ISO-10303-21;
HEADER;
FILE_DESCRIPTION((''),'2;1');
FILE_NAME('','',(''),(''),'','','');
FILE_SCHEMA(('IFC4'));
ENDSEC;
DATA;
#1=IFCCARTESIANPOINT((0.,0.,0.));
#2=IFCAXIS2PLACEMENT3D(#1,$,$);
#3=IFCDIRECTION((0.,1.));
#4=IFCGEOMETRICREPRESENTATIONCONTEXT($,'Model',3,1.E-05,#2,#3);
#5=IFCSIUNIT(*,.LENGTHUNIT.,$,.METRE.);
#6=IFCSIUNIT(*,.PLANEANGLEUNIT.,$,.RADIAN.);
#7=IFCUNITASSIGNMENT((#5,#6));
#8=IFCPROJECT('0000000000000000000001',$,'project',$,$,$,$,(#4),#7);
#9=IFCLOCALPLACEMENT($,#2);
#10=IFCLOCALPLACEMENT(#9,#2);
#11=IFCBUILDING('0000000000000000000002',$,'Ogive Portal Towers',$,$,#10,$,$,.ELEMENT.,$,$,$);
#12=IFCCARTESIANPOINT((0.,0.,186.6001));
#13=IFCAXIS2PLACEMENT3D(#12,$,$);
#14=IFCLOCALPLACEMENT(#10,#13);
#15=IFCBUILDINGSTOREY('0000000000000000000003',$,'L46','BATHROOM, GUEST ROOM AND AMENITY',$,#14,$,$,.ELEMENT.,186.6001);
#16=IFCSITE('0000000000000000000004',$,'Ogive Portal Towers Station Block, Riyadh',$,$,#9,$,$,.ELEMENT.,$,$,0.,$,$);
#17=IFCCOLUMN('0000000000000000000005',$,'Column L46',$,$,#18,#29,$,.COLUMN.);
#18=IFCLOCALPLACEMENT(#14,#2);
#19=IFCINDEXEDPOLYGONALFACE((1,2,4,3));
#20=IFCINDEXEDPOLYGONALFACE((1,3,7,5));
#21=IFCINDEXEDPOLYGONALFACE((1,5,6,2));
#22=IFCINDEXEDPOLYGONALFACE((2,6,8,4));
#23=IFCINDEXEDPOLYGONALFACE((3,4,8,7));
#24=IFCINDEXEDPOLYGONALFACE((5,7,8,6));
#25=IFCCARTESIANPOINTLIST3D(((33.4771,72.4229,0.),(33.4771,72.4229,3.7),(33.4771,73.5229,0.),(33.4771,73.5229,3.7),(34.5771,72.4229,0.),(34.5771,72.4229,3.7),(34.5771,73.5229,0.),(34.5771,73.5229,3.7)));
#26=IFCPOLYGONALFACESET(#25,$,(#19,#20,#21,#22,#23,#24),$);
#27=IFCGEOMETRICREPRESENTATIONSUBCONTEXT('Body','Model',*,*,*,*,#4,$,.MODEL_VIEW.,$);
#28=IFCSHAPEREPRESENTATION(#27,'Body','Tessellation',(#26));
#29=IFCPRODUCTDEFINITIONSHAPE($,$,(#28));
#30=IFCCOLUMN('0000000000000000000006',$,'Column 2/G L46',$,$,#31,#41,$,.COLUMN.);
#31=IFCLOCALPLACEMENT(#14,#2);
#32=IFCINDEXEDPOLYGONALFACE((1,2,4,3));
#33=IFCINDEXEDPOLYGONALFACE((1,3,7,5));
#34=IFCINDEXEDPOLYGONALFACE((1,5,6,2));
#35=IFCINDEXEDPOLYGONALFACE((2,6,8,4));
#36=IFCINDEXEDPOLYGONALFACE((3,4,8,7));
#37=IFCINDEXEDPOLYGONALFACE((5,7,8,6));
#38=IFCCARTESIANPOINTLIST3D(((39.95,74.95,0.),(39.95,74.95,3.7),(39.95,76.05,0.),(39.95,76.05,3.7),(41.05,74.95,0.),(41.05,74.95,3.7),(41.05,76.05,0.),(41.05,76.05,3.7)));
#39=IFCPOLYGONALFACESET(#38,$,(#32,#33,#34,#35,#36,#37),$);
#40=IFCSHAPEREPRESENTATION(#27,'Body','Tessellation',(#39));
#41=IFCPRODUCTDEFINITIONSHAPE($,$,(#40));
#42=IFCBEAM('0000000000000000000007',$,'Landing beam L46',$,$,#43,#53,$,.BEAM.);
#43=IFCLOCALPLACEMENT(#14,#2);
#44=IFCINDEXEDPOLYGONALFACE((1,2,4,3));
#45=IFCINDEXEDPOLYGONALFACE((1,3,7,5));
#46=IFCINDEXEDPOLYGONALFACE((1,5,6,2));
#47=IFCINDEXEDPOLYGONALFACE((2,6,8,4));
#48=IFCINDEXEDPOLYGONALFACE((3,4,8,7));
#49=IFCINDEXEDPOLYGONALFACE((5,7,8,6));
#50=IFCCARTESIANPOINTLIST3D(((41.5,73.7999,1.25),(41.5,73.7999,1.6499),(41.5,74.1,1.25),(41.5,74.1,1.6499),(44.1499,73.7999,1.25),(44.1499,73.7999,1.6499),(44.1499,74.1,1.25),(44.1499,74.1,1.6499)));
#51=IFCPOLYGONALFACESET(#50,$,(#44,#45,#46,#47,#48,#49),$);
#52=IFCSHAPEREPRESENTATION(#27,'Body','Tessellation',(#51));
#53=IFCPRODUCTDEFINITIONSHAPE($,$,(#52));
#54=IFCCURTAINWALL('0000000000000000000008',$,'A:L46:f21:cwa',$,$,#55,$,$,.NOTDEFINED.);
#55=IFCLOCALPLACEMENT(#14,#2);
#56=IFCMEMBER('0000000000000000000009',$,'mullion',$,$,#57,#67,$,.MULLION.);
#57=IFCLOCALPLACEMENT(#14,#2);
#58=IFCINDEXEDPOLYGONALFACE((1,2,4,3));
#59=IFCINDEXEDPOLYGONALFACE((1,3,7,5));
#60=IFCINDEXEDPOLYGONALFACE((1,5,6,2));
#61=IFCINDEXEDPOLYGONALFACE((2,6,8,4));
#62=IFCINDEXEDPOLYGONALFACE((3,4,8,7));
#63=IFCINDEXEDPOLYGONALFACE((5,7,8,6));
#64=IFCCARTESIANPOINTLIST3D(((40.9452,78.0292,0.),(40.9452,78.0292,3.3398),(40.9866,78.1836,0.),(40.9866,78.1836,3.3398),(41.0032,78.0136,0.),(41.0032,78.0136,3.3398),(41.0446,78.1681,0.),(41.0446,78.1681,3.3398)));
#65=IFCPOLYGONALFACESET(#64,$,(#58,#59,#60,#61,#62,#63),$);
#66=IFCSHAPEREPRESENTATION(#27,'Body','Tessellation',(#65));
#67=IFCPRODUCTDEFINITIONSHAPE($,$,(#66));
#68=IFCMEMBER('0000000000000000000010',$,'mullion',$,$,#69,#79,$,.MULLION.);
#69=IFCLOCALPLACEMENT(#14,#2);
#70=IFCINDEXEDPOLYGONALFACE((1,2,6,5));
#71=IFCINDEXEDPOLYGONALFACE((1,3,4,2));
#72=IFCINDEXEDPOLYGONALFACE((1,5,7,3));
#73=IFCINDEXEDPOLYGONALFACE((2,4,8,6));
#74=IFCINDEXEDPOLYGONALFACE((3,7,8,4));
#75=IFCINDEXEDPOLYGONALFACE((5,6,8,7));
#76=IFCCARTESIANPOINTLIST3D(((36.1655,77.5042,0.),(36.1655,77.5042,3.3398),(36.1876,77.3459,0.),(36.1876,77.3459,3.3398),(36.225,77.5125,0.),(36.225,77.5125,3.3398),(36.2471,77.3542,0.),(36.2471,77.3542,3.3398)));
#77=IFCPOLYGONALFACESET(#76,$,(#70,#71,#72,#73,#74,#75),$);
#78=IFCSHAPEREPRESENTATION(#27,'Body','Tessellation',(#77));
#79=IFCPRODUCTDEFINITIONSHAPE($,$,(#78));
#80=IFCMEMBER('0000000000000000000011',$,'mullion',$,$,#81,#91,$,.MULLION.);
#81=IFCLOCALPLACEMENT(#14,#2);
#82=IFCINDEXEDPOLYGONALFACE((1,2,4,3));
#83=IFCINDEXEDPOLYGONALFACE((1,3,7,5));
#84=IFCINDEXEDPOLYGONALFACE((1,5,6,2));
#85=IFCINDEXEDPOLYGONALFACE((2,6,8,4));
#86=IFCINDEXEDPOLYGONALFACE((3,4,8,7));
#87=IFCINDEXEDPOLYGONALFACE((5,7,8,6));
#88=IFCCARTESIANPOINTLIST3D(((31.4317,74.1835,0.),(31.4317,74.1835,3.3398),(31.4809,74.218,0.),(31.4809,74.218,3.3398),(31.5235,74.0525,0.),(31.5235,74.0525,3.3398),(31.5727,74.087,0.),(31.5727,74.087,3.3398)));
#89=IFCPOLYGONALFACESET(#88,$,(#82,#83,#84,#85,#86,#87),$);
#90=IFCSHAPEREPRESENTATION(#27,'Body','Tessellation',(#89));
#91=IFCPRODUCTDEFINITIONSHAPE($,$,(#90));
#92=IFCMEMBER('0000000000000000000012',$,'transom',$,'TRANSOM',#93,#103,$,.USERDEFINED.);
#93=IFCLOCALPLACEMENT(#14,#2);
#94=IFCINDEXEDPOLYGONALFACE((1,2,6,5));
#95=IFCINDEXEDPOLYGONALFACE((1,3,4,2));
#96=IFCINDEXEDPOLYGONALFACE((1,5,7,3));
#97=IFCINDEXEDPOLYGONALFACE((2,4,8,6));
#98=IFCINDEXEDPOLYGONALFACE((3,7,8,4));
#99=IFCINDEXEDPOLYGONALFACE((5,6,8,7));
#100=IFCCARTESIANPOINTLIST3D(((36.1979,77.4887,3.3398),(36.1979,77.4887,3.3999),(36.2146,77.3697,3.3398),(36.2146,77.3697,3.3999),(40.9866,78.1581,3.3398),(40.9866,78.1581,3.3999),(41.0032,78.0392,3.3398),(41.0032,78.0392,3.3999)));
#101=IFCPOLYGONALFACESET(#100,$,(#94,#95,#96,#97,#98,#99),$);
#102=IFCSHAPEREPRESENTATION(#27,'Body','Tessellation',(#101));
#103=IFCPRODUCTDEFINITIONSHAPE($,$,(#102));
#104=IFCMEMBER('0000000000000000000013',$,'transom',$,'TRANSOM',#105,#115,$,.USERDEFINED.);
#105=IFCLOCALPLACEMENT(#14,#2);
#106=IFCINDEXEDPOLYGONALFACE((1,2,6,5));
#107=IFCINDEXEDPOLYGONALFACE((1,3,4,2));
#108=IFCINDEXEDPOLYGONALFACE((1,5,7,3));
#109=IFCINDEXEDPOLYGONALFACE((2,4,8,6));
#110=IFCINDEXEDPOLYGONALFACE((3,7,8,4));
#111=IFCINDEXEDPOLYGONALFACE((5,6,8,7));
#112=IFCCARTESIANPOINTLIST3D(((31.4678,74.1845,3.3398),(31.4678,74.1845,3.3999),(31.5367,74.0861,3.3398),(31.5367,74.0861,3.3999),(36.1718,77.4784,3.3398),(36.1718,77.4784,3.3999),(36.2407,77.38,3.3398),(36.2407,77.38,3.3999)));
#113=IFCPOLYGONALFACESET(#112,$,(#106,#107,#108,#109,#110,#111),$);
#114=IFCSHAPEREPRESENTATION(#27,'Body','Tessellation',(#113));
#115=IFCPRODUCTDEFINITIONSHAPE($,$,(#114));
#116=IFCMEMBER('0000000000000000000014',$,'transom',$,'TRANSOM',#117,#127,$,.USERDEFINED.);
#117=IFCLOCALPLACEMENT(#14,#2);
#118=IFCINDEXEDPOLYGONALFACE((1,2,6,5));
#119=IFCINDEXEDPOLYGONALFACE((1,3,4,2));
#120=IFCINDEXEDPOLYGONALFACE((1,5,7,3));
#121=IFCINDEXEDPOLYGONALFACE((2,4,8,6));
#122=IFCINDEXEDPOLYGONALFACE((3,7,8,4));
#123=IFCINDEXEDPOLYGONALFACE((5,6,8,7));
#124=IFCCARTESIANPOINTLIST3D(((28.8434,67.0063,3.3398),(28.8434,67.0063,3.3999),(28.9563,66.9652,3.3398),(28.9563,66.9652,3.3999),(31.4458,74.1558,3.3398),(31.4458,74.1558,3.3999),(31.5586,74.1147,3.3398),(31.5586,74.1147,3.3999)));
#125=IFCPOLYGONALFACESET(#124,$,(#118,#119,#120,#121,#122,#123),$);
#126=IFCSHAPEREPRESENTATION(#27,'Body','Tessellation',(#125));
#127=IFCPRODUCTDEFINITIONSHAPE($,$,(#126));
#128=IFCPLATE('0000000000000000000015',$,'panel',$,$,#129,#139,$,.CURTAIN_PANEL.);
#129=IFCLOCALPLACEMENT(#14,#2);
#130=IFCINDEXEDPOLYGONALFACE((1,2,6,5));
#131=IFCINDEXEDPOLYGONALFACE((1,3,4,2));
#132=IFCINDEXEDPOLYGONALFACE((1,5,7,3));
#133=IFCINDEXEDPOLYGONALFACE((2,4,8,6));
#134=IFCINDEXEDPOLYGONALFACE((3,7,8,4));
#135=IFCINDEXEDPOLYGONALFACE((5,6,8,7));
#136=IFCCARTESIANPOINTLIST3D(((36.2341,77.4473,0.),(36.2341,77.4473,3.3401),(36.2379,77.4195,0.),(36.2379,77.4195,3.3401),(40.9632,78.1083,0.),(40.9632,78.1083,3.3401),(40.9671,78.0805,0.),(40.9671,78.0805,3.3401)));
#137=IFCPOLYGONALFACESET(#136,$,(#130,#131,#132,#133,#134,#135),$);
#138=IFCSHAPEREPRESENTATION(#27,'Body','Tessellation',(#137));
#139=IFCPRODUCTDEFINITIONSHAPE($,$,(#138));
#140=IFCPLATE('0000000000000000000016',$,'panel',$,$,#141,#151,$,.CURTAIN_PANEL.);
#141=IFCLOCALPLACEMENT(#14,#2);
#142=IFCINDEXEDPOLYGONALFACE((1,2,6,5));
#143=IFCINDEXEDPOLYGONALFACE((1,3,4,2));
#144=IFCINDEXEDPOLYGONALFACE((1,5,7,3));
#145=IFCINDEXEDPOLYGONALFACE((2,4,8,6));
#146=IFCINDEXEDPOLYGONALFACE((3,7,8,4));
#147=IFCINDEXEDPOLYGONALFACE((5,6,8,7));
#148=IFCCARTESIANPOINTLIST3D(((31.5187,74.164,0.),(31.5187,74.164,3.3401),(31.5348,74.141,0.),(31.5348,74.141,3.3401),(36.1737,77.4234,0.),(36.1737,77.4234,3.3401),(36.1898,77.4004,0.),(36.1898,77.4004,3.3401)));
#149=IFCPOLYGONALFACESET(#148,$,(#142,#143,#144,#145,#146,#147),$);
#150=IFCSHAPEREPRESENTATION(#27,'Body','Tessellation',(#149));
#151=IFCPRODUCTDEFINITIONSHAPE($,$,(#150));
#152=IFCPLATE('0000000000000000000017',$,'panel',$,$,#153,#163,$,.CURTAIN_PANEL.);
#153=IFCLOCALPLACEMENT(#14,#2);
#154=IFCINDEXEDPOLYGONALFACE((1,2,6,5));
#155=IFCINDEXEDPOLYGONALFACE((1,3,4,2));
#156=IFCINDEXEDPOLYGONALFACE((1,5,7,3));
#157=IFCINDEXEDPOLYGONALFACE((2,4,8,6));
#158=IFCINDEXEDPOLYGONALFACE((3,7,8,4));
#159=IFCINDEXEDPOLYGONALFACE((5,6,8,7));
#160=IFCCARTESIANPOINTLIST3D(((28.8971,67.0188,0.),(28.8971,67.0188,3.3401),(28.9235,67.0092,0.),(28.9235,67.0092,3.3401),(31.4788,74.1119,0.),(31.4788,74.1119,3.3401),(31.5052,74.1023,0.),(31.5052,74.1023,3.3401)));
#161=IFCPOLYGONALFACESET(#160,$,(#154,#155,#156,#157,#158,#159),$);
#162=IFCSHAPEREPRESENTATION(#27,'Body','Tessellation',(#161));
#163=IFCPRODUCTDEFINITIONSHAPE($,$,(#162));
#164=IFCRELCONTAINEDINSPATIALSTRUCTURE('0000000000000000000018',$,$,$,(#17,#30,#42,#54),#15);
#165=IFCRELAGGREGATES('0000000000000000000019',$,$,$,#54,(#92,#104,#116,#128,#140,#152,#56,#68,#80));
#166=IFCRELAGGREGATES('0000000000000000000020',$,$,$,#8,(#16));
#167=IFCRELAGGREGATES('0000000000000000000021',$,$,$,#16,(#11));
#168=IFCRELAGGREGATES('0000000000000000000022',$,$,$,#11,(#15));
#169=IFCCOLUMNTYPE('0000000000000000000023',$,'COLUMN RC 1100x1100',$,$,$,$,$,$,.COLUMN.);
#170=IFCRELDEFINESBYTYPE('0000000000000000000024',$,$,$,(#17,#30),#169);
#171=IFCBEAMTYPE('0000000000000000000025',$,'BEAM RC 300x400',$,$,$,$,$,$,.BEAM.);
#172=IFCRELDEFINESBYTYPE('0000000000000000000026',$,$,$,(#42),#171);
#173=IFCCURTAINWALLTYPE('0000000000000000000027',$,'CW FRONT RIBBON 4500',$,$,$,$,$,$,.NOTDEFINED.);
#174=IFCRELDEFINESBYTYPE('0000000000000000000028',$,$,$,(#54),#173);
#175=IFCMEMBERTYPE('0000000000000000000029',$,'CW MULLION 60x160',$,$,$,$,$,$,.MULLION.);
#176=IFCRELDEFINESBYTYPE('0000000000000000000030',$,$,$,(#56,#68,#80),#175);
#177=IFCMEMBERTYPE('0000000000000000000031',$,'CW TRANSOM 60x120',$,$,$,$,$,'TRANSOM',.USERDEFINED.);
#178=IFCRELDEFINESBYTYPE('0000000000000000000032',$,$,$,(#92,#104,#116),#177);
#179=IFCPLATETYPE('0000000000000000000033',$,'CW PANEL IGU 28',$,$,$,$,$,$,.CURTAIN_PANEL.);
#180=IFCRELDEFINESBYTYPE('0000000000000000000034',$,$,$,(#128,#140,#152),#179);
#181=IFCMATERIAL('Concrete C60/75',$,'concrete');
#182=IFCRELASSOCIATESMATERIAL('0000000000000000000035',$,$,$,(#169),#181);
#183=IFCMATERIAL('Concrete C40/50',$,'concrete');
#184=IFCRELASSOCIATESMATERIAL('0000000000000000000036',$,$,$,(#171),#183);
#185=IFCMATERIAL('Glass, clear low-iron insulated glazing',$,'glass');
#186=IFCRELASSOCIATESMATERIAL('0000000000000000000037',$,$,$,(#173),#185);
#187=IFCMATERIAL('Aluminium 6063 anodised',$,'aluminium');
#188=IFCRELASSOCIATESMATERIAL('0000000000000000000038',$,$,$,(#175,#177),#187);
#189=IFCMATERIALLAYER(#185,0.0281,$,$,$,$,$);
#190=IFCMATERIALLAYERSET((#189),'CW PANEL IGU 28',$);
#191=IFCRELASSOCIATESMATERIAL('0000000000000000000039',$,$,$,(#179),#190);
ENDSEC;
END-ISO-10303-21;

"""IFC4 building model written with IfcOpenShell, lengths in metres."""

from ifc_helpers import new_model, si_unit, direction, frame, origin, origin_2d, place, context, subcontext, project, spatial, rectangle, extrude, material, layer, layer_set, material_profile, profile_set, type_object, element, aggregate, save


model = new_model("IFC4")

# Units and contexts
model_context = context("Model", 3, precision=1e-05, world=origin(), true_north=direction((0.0, 1.0)))
body_context = subcontext(model_context, "Body", "Model", "MODEL_VIEW")
ifc_project = project(units=[si_unit("LENGTHUNIT", "METRE"), si_unit("PLANEANGLEUNIT", "RADIAN")], contexts=[model_context])

# Site, building, storey
site_placement = place(None, origin())
site = spatial("IfcSite", under=ifc_project, at=site_placement, Name="Ogive Portal Towers Station Block, Riyadh", CompositionType="ELEMENT", RefElevation=0.0)
building_placement = place(site_placement, origin())
building = spatial("IfcBuilding", under=site, at=building_placement, Name="Ogive Portal Towers", CompositionType="ELEMENT")
storey_placement = place(building_placement, frame((0.0, 0.0, 186.6001)))
storey = spatial("IfcBuildingStorey", under=building, at=storey_placement, Name="L46", Description="BATHROOM, GUEST ROOM AND AMENITY", CompositionType="ELEMENT", Elevation=186.6001)

# Columns
ifc_material_1 = material(Name="Concrete C60/75", Category="concrete")
ifc_material_profile_1 = material_profile(ifc_material_1, rectangle(XDim=1.1001, YDim=1.1001, at=origin_2d()), Name="RC 1100x1100")
ifc_profile_set_1 = profile_set([ifc_material_profile_1], Name="Concrete C60/75")
column_type = type_object("IfcColumnType", Name="COLUMN RC 1100x1100", PredefinedType="COLUMN", material=ifc_profile_set_1)
for number, where, z_axis, x_axis, name in (
    (1, (34.0271, 72.9729, 0.0), (0.0, 0.0, 1.0), (1.0, 0.0, 0.0), "Column L46"),
    (2, (40.5, 75.5, 0.0), (0.0, 0.0, 1.0), (1.0, 0.0, 0.0), "Column 2/G L46"),
):
    element("IfcColumn", number, at=place(storey_placement, frame(where, z_axis=z_axis, x_axis=x_axis)), inside=storey, type_object=column_type, Name=name, PredefinedType="COLUMN", context=body_context, shape_type="SweptSolid", body=[
        extrude(rectangle(XDim=1.1001, YDim=1.1001, at=origin_2d()), origin(), (0.0, 0.0, 1.0), 3.7),
    ])

# Beam
ifc_material_2 = material(Name="Concrete C40/50", Category="concrete")
ifc_material_profile_2 = material_profile(ifc_material_2, rectangle(XDim=0.3, YDim=0.3999, at=origin_2d()), Name="RC 300x400")
ifc_profile_set_2 = profile_set([ifc_material_profile_2], Name="Concrete C40/50")
beam_type = type_object("IfcBeamType", Name="BEAM RC 300x400", PredefinedType="BEAM", material=ifc_profile_set_2)
beam_placement = place(storey_placement, frame((41.5, 73.95, 1.45), z_axis=(1.0, 0.0, 0.0), x_axis=(0.0, 1.0, 0.0)))
element("IfcBeam", 3, at=beam_placement, inside=storey, type_object=beam_type, Name="Landing beam L46", PredefinedType="BEAM", context=body_context, shape_type="SweptSolid", body=[
    extrude(rectangle(XDim=0.3, YDim=0.3999, at=origin_2d()), origin(), (0.0, 0.0, 1.0), 2.6499),
])

# Curtain wall, members, plates
ifc_material_3 = material(Name="Glass, clear low-iron insulated glazing", Category="glass")
curtain_wall_type = type_object("IfcCurtainWallType", Name="CW FRONT RIBBON 4500", PredefinedType="NOTDEFINED", material=ifc_material_3)
curtain_wall_placement = place(storey_placement, origin())
curtain_wall = element("IfcCurtainWall", 4, at=curtain_wall_placement, inside=storey, type_object=curtain_wall_type, Name="A:L46:f21:cwa", PredefinedType="NOTDEFINED")
ifc_material_4 = material(Name="Aluminium 6063 anodised", Category="aluminium")
ifc_material_profile_3 = material_profile(ifc_material_4, rectangle(XDim=0.1599, YDim=0.0601, at=origin_2d()), Name="AL 60x160")
ifc_profile_set_3 = profile_set([ifc_material_profile_3], Name="Aluminium 6063 anodised")
member_type_1 = type_object("IfcMemberType", Name="CW MULLION 60x160", PredefinedType="MULLION", material=ifc_profile_set_3)
member_1_placement = place(storey_placement, frame((40.9949, 78.0986, 0.0), z_axis=(0.0, 0.0, 1.0), x_axis=(-0.258819, -0.965926, 0.0)))
member_1 = element("IfcMember", 5, at=member_1_placement, type_object=member_type_1, Name="mullion", PredefinedType="MULLION", context=body_context, shape_type="SweptSolid", body=[
    extrude(rectangle(XDim=0.1599, YDim=0.0601, at=origin_2d()), origin(), (0.0, 0.0, 1.0), 3.3398),
])
member_2_placement = place(storey_placement, frame((36.2063, 77.4292, 0.0), z_axis=(0.0, 0.0, 1.0), x_axis=(0.138428, -0.990373, 0.0)))
member_2 = element("IfcMember", 6, at=member_2_placement, type_object=member_type_1, Name="mullion", PredefinedType="MULLION", context=body_context, shape_type="SweptSolid", body=[
    extrude(rectangle(XDim=0.1599, YDim=0.0601, at=origin_2d()), origin(), (0.0, 0.0, 1.0), 3.3398),
])
member_3_placement = place(storey_placement, frame((31.5022, 74.1353, 0.0), z_axis=(0.0, 0.0, 1.0), x_axis=(0.573576, -0.819152, 0.0)))
member_3 = element("IfcMember", 7, at=member_3_placement, type_object=member_type_1, Name="mullion", PredefinedType="MULLION", context=body_context, shape_type="SweptSolid", body=[
    extrude(rectangle(XDim=0.1599, YDim=0.0601, at=origin_2d()), origin(), (0.0, 0.0, 1.0), 3.3398),
])
ifc_material_profile_4 = material_profile(ifc_material_4, rectangle(XDim=0.1201, YDim=0.0601, at=origin_2d()), Name="AL 120x60")
ifc_profile_set_4 = profile_set([ifc_material_profile_4], Name="Aluminium 6063 anodised")
member_type_2 = type_object("IfcMemberType", Name="CW TRANSOM 60x120", ElementType="TRANSOM", PredefinedType="USERDEFINED", material=ifc_profile_set_4)
member_4_placement = place(storey_placement, frame((40.9949, 78.0986, 3.3699), z_axis=(-0.990369, -0.138452, 0.0), x_axis=(0.138452, -0.990369, 0.0)))
member_4 = element("IfcMember", 8, at=member_4_placement, type_object=member_type_2, Name="transom", ObjectType="TRANSOM", PredefinedType="USERDEFINED", context=body_context, shape_type="SweptSolid", body=[
    extrude(rectangle(XDim=0.1201, YDim=0.0601, at=origin_2d()), origin(), (0.0, 0.0, 1.0), 4.8352),
])
member_5_placement = place(storey_placement, frame((36.2063, 77.4292, 3.3699), z_axis=(-0.819144, -0.573588, 0.0), x_axis=(0.573588, -0.819144, 0.0)))
member_5 = element("IfcMember", 9, at=member_5_placement, type_object=member_type_2, Name="transom", ObjectType="TRANSOM", PredefinedType="USERDEFINED", context=body_context, shape_type="SweptSolid", body=[
    extrude(rectangle(XDim=0.1201, YDim=0.0601, at=origin_2d()), origin(), (0.0, 0.0, 1.0), 5.7427),
])
member_6_placement = place(storey_placement, frame((31.5022, 74.1353, 3.3699), z_axis=(-0.342034, -0.939688, 0.0), x_axis=(0.939688, -0.342034, 0.0)))
member_6 = element("IfcMember", 10, at=member_6_placement, type_object=member_type_2, Name="transom", ObjectType="TRANSOM", PredefinedType="USERDEFINED", context=body_context, shape_type="SweptSolid", body=[
    extrude(rectangle(XDim=0.1201, YDim=0.0601, at=origin_2d()), origin(), (0.0, 0.0, 1.0), 7.6084),
])
ifc_layer_1 = layer(ifc_material_3, 0.0281)
ifc_layer_set_1 = layer_set([ifc_layer_1], Name="CW PANEL IGU 28")
plate_type = type_object("IfcPlateType", Name="CW PANEL IGU 28", PredefinedType="CURTAIN_PANEL", material=ifc_layer_set_1)
plate_1_placement = place(storey_placement, frame((38.6006, 77.7639, 0.0), z_axis=(0.0, 0.0, 1.0), x_axis=(-0.990373, -0.138428, 0.0)))
plate_1 = element("IfcPlate", 11, at=plate_1_placement, type_object=plate_type, Name="panel", PredefinedType="CURTAIN_PANEL", context=body_context, shape_type="SweptSolid", body=[
    extrude(rectangle(XDim=4.7751, YDim=0.0281, at=origin_2d()), origin(), (0.0, 0.0, 1.0), 3.3401),
])
plate_2_placement = place(storey_placement, frame((33.8542, 75.7822, 0.0), z_axis=(0.0, 0.0, 1.0), x_axis=(-0.819152, -0.573576, 0.0)))
plate_2 = element("IfcPlate", 12, at=plate_2_placement, type_object=plate_type, Name="panel", PredefinedType="CURTAIN_PANEL", context=body_context, shape_type="SweptSolid", body=[
    extrude(rectangle(XDim=5.6826, YDim=0.0281, at=origin_2d()), origin(), (0.0, 0.0, 1.0), 3.3401),
])
plate_3_placement = place(storey_placement, frame((30.2012, 70.5605, 0.0), z_axis=(0.0, 0.0, 1.0), x_axis=(-0.34202, -0.939693, 0.0)))
plate_3 = element("IfcPlate", 13, at=plate_3_placement, type_object=plate_type, Name="panel", PredefinedType="CURTAIN_PANEL", context=body_context, shape_type="SweptSolid", body=[
    extrude(rectangle(XDim=7.5483, YDim=0.0281, at=origin_2d()), origin(), (0.0, 0.0, 1.0), 3.3401),
])
aggregate(curtain_wall, [member_4, member_5, member_6, plate_1, plate_2, plate_3, member_1, member_2, member_3])

save(model, "model.ifc")
